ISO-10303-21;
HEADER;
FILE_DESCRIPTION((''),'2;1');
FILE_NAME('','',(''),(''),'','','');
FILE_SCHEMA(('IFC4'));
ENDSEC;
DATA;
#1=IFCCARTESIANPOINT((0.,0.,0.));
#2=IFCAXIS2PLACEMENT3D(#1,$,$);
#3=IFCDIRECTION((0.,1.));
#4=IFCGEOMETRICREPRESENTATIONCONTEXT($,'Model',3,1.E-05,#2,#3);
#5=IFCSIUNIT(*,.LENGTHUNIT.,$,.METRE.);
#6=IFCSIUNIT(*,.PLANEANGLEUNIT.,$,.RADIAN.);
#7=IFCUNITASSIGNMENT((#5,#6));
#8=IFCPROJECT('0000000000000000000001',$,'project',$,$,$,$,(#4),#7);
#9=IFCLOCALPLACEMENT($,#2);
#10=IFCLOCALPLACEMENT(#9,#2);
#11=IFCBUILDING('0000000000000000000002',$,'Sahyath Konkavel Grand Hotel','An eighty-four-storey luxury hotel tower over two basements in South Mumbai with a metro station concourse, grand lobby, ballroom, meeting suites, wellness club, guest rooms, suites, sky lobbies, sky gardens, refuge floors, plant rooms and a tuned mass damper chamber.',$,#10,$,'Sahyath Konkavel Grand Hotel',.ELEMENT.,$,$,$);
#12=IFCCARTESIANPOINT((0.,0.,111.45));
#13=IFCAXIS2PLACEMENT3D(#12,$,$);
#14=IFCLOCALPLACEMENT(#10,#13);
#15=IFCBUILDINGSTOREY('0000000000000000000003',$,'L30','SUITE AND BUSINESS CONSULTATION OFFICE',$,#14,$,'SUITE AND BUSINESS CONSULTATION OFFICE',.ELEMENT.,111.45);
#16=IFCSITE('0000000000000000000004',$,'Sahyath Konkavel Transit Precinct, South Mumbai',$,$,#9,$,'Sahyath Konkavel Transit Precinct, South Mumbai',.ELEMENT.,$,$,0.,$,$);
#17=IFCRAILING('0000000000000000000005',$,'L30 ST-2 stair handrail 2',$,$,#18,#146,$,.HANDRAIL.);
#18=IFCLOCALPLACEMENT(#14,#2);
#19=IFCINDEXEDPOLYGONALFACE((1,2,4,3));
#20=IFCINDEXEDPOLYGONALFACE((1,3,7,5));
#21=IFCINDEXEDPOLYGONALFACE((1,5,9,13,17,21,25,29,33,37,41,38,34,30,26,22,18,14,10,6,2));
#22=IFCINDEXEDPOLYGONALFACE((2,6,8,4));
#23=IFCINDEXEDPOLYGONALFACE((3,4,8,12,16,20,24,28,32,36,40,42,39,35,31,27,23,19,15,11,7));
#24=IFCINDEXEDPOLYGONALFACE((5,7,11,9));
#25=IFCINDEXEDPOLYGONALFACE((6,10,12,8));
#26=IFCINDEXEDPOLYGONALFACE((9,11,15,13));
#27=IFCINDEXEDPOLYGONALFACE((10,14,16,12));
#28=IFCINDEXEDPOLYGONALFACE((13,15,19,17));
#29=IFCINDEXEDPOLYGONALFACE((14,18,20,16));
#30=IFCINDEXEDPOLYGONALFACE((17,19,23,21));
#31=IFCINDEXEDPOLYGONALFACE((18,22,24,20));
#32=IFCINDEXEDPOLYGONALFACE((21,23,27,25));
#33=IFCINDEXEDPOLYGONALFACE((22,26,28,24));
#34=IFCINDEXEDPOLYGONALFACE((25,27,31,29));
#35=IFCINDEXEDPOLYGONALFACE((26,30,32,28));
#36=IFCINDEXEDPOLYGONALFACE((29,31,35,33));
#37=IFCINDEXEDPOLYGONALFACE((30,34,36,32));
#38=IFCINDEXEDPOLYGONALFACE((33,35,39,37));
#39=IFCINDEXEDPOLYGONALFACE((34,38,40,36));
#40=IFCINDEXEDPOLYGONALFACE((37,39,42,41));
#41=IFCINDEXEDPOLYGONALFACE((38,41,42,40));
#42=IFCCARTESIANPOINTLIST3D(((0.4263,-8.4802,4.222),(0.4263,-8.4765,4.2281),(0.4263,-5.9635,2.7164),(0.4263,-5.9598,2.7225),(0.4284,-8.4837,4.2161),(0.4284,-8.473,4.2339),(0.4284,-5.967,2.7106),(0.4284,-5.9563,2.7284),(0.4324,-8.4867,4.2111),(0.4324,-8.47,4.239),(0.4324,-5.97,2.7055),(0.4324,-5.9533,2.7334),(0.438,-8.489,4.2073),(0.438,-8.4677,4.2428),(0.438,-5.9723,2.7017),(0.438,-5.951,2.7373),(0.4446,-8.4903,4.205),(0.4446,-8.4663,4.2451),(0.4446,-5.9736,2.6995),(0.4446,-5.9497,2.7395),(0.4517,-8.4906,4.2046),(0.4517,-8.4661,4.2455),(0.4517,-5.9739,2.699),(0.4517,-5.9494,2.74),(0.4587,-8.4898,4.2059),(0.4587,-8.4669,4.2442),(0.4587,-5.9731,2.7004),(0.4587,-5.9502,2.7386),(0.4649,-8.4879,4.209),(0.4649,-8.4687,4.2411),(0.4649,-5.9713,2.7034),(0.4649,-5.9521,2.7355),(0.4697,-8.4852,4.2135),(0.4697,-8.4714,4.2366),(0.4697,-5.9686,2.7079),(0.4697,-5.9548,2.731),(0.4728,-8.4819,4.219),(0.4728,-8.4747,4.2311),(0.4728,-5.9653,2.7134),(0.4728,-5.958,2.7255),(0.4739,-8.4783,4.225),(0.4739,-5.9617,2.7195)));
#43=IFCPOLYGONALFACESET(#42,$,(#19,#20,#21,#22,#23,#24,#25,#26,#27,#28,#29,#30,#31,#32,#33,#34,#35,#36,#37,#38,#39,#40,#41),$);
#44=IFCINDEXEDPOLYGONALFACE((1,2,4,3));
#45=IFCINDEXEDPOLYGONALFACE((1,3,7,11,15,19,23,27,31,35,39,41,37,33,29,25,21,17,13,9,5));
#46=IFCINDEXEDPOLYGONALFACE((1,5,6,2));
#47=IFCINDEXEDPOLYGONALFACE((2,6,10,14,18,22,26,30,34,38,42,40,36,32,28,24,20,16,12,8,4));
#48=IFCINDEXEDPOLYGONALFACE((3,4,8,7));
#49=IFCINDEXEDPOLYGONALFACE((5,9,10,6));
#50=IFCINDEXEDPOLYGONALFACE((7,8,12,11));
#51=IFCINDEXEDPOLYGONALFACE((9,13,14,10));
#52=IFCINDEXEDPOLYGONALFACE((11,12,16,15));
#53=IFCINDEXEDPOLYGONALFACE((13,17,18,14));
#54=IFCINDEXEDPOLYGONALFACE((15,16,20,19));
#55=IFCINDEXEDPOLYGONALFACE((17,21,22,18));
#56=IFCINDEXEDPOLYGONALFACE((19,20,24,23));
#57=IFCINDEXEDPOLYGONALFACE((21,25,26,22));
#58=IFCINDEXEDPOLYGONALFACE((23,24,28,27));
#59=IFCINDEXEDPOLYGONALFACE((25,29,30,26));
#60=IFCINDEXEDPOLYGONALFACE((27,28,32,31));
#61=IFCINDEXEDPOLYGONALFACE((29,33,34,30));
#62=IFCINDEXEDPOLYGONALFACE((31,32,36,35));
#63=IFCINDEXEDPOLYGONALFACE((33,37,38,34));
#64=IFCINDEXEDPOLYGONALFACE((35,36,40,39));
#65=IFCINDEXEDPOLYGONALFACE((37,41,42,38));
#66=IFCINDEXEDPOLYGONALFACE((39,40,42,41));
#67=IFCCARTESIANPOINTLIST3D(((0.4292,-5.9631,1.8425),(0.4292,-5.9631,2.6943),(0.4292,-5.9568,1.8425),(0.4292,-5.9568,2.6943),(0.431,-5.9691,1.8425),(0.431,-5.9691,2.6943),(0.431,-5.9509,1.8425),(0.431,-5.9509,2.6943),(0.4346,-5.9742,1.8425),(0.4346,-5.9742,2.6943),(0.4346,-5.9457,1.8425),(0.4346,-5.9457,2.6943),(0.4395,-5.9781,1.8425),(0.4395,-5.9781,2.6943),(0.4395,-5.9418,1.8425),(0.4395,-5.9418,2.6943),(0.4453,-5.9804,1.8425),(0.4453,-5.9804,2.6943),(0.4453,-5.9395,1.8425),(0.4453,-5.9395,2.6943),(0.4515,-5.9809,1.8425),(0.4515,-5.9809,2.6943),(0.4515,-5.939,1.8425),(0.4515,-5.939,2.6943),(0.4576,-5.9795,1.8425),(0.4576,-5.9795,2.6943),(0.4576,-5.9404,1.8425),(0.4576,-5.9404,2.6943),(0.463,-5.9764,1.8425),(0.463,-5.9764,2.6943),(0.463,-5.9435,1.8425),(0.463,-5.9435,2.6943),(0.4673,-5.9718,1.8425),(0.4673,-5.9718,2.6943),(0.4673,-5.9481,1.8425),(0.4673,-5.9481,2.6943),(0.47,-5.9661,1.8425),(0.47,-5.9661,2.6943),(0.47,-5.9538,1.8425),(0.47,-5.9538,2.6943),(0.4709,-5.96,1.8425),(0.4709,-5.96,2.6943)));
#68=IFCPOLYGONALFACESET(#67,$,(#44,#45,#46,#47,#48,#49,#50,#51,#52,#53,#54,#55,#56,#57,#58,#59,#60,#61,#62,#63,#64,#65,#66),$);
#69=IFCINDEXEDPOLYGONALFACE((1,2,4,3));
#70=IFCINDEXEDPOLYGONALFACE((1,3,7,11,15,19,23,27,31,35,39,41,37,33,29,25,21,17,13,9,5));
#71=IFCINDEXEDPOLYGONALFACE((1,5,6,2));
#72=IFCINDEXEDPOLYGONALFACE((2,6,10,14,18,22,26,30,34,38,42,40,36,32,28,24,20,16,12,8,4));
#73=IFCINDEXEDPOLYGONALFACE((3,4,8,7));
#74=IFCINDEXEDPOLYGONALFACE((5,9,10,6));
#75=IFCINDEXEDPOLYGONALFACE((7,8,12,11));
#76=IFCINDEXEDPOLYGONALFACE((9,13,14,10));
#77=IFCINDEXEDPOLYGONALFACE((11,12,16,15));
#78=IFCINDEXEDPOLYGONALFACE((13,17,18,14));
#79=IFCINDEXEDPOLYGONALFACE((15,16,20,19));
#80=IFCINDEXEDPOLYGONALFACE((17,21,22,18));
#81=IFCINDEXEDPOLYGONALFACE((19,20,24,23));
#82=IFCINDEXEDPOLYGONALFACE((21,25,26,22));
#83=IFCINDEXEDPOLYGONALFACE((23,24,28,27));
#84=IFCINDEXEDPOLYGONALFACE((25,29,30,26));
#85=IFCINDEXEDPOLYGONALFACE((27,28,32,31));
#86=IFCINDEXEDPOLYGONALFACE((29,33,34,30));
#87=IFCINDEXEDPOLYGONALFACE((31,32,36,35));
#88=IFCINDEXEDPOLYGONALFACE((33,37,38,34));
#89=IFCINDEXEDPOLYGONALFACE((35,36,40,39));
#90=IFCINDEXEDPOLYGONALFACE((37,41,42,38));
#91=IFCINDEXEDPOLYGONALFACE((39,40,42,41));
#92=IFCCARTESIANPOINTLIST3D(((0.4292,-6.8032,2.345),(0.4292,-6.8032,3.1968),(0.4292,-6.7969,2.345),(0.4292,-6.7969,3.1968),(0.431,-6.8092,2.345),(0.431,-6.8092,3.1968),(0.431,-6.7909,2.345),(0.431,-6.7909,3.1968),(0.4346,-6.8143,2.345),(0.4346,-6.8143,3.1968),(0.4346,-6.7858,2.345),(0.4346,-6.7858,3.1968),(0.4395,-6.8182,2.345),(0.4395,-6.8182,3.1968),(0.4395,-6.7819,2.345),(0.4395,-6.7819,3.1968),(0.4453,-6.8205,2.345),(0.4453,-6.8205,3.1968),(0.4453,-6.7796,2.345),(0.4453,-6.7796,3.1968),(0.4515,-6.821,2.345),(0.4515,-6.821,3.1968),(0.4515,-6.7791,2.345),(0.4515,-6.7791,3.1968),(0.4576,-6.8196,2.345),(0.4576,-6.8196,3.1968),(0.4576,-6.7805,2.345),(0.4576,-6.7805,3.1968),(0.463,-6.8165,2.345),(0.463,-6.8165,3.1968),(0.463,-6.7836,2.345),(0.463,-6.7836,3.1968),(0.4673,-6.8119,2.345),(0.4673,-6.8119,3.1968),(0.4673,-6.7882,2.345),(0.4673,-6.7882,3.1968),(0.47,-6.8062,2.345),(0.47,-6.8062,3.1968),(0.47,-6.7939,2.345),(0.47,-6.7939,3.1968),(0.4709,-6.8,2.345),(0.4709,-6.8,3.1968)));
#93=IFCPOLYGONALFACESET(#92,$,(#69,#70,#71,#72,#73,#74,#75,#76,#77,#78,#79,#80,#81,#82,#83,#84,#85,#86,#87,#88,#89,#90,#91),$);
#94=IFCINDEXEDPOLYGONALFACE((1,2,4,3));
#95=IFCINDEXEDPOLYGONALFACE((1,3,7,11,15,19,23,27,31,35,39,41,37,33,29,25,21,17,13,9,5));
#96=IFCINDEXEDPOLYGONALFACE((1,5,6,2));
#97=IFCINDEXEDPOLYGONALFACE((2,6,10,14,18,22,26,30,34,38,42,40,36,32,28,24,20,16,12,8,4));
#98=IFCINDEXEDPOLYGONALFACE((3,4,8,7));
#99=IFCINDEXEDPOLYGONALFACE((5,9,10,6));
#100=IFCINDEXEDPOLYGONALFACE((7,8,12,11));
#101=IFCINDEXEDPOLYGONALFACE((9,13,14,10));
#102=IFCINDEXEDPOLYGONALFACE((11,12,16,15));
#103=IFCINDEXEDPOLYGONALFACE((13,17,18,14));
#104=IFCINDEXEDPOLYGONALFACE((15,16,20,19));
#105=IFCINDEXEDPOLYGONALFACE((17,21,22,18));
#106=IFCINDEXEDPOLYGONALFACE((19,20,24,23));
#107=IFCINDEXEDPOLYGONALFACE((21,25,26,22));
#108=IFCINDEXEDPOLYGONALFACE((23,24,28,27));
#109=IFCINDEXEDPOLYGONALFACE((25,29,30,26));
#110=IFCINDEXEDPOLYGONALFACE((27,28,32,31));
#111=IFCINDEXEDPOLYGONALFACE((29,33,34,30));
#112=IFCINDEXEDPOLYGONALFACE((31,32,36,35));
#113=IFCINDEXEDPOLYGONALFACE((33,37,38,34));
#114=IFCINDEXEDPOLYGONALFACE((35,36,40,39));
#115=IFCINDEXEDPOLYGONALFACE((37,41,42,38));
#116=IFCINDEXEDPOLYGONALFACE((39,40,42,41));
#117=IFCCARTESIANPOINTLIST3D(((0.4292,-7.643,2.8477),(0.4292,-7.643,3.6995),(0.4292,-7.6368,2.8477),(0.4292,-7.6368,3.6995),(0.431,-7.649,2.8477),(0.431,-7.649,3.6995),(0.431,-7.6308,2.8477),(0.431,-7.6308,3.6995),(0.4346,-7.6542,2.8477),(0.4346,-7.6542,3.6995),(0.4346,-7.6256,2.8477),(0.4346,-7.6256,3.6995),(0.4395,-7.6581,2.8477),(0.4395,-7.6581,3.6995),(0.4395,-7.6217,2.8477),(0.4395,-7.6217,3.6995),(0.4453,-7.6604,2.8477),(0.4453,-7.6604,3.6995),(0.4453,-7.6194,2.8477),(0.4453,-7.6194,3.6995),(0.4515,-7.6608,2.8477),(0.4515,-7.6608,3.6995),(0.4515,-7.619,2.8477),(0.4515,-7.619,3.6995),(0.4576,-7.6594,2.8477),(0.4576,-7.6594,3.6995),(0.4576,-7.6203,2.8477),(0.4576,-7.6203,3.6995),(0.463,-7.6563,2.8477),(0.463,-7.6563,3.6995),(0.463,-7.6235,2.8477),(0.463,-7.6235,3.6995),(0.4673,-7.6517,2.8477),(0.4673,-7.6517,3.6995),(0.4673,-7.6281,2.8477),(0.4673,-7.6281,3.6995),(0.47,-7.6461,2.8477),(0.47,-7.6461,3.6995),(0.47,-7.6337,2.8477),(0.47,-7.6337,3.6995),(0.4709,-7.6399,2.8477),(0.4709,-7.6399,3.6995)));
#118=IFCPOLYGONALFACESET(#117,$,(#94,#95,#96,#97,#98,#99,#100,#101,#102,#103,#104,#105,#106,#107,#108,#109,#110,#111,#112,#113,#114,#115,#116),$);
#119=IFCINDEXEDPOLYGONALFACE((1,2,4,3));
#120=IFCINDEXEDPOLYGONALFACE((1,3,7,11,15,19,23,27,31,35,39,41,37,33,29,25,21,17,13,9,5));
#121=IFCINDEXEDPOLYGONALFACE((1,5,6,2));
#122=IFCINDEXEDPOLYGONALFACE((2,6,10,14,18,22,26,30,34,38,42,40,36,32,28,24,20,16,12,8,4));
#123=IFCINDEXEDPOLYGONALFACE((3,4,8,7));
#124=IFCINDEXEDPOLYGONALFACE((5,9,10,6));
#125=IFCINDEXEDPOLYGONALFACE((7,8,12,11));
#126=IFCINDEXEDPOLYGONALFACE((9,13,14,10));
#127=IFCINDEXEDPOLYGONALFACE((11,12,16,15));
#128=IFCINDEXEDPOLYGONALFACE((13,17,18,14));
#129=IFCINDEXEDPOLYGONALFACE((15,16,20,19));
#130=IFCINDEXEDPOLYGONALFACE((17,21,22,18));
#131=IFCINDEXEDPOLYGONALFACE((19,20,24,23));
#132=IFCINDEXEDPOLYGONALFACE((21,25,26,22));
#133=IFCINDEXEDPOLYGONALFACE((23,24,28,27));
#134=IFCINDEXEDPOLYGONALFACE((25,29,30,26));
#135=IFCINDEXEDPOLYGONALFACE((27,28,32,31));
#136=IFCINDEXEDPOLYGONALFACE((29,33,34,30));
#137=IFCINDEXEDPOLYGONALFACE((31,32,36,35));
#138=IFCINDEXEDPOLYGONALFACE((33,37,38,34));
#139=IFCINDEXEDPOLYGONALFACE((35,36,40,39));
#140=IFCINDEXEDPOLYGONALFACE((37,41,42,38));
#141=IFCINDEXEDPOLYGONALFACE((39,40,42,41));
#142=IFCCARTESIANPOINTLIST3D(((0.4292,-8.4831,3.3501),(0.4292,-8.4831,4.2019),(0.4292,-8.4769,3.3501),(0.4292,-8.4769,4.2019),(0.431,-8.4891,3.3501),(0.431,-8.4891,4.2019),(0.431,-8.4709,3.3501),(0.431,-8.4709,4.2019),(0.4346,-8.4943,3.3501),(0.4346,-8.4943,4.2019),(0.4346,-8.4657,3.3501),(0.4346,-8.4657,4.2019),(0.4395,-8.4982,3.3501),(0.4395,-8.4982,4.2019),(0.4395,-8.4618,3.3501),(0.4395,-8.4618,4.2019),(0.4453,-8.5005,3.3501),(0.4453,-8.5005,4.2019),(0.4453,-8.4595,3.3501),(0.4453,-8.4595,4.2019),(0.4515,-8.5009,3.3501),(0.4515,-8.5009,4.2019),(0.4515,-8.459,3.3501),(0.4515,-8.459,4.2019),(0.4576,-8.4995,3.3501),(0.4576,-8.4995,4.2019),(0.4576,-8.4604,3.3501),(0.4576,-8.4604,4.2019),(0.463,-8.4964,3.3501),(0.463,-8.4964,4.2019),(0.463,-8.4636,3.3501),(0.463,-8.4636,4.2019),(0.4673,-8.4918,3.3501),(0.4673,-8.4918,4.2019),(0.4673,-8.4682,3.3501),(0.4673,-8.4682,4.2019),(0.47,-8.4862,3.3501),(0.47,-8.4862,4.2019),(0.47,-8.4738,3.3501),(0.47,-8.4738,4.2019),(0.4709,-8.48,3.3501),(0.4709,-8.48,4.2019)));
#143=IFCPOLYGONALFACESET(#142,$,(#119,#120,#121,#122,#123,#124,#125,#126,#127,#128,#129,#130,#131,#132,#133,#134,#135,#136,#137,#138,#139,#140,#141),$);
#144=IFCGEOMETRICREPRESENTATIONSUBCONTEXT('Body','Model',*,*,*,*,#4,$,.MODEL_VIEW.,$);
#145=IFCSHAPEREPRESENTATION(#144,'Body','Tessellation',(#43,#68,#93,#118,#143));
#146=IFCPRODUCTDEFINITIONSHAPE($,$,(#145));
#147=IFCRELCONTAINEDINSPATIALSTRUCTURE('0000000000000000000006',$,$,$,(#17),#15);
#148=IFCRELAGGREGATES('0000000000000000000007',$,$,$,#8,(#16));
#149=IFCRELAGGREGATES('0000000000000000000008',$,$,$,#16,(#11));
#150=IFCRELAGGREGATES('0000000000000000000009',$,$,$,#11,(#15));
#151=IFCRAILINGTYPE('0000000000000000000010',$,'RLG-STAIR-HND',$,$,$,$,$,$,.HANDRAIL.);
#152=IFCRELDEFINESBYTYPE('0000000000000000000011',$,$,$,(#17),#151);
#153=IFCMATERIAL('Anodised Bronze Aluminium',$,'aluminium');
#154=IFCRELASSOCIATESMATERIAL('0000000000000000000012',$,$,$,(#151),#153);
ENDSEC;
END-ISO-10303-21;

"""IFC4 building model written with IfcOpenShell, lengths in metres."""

from ifc_helpers import new_model, si_unit, direction, frame, origin, origin_2d, place, context, subcontext, project, spatial, circle, extrude, material, type_object, element, save


model = new_model("IFC4")

# Units and contexts
model_context = context("Model", 3, precision=1e-05, world=origin(), true_north=direction((0.0, 1.0)))
body_context = subcontext(model_context, "Body", "Model", "MODEL_VIEW")
ifc_project = project(units=[si_unit("LENGTHUNIT", "METRE"), si_unit("PLANEANGLEUNIT", "RADIAN")], contexts=[model_context])

# Site, building, storey
site_placement = place(None, origin())
site = spatial("IfcSite", under=ifc_project, at=site_placement, Name="Sahyath Konkavel Transit Precinct, South Mumbai", LongName="Sahyath Konkavel Transit Precinct, South Mumbai", CompositionType="ELEMENT", RefElevation=0.0)
building_placement = place(site_placement, origin())
building = spatial("IfcBuilding", under=site, at=building_placement, Name="Sahyath Konkavel Grand Hotel", Description="An eighty-four-storey luxury hotel tower over two basements in South Mumbai with a metro station concourse, grand lobby, ballroom, meeting suites, wellness club, guest rooms, suites, sky lobbies, sky gardens, refuge floors, plant rooms and a tuned mass damper chamber.", LongName="Sahyath Konkavel Grand Hotel", CompositionType="ELEMENT")
storey_placement = place(building_placement, frame((0.0, 0.0, 111.45)))
storey = spatial("IfcBuildingStorey", under=building, at=storey_placement, Name="L30", Description="SUITE AND BUSINESS CONSULTATION OFFICE", LongName="SUITE AND BUSINESS CONSULTATION OFFICE", CompositionType="ELEMENT", Elevation=111.45)

# Shared definitions
ifc_material_1 = material(Name="Anodised Bronze Aluminium", Category="aluminium")

# Railing
railing_type_1 = type_object("IfcRailingType", Name="RLG-STAIR-HND", PredefinedType="HANDRAIL", material=ifc_material_1)
railing_1_placement = place(storey_placement, frame((0.45, -5.96, 1.8425)))
element("IfcRailing", 1, at=railing_1_placement, inside=storey, type_object=railing_type_1, Name="L30 ST-2 stair handrail 2", PredefinedType="HANDRAIL", context=body_context, shape_type="SweptSolid", body=[
    extrude(circle(Radius=0.0239, at=origin_2d()), frame((0.0, -0.0017, 0.877), z_axis=(0.0, -0.85816, 0.513383), x_axis=(1.0, 0.0, 0.0)), (0.0, 0.0, 1.0), 2.9326),
    extrude(circle(Radius=0.021, at=origin_2d()), origin(), (0.0, 0.0, 1.0), 0.8518),
    extrude(circle(Radius=0.021, at=origin_2d()), frame((0.0, -0.8401, 0.5024)), (0.0, 0.0, 1.0), 0.8518),
    extrude(circle(Radius=0.021, at=origin_2d()), frame((0.0, -1.6799, 1.0051)), (0.0, 0.0, 1.0), 0.8518),
    extrude(circle(Radius=0.021, at=origin_2d()), frame((0.0, -2.52, 1.5076)), (0.0, 0.0, 1.0), 0.8518),
])

save(model, "model.ifc")
